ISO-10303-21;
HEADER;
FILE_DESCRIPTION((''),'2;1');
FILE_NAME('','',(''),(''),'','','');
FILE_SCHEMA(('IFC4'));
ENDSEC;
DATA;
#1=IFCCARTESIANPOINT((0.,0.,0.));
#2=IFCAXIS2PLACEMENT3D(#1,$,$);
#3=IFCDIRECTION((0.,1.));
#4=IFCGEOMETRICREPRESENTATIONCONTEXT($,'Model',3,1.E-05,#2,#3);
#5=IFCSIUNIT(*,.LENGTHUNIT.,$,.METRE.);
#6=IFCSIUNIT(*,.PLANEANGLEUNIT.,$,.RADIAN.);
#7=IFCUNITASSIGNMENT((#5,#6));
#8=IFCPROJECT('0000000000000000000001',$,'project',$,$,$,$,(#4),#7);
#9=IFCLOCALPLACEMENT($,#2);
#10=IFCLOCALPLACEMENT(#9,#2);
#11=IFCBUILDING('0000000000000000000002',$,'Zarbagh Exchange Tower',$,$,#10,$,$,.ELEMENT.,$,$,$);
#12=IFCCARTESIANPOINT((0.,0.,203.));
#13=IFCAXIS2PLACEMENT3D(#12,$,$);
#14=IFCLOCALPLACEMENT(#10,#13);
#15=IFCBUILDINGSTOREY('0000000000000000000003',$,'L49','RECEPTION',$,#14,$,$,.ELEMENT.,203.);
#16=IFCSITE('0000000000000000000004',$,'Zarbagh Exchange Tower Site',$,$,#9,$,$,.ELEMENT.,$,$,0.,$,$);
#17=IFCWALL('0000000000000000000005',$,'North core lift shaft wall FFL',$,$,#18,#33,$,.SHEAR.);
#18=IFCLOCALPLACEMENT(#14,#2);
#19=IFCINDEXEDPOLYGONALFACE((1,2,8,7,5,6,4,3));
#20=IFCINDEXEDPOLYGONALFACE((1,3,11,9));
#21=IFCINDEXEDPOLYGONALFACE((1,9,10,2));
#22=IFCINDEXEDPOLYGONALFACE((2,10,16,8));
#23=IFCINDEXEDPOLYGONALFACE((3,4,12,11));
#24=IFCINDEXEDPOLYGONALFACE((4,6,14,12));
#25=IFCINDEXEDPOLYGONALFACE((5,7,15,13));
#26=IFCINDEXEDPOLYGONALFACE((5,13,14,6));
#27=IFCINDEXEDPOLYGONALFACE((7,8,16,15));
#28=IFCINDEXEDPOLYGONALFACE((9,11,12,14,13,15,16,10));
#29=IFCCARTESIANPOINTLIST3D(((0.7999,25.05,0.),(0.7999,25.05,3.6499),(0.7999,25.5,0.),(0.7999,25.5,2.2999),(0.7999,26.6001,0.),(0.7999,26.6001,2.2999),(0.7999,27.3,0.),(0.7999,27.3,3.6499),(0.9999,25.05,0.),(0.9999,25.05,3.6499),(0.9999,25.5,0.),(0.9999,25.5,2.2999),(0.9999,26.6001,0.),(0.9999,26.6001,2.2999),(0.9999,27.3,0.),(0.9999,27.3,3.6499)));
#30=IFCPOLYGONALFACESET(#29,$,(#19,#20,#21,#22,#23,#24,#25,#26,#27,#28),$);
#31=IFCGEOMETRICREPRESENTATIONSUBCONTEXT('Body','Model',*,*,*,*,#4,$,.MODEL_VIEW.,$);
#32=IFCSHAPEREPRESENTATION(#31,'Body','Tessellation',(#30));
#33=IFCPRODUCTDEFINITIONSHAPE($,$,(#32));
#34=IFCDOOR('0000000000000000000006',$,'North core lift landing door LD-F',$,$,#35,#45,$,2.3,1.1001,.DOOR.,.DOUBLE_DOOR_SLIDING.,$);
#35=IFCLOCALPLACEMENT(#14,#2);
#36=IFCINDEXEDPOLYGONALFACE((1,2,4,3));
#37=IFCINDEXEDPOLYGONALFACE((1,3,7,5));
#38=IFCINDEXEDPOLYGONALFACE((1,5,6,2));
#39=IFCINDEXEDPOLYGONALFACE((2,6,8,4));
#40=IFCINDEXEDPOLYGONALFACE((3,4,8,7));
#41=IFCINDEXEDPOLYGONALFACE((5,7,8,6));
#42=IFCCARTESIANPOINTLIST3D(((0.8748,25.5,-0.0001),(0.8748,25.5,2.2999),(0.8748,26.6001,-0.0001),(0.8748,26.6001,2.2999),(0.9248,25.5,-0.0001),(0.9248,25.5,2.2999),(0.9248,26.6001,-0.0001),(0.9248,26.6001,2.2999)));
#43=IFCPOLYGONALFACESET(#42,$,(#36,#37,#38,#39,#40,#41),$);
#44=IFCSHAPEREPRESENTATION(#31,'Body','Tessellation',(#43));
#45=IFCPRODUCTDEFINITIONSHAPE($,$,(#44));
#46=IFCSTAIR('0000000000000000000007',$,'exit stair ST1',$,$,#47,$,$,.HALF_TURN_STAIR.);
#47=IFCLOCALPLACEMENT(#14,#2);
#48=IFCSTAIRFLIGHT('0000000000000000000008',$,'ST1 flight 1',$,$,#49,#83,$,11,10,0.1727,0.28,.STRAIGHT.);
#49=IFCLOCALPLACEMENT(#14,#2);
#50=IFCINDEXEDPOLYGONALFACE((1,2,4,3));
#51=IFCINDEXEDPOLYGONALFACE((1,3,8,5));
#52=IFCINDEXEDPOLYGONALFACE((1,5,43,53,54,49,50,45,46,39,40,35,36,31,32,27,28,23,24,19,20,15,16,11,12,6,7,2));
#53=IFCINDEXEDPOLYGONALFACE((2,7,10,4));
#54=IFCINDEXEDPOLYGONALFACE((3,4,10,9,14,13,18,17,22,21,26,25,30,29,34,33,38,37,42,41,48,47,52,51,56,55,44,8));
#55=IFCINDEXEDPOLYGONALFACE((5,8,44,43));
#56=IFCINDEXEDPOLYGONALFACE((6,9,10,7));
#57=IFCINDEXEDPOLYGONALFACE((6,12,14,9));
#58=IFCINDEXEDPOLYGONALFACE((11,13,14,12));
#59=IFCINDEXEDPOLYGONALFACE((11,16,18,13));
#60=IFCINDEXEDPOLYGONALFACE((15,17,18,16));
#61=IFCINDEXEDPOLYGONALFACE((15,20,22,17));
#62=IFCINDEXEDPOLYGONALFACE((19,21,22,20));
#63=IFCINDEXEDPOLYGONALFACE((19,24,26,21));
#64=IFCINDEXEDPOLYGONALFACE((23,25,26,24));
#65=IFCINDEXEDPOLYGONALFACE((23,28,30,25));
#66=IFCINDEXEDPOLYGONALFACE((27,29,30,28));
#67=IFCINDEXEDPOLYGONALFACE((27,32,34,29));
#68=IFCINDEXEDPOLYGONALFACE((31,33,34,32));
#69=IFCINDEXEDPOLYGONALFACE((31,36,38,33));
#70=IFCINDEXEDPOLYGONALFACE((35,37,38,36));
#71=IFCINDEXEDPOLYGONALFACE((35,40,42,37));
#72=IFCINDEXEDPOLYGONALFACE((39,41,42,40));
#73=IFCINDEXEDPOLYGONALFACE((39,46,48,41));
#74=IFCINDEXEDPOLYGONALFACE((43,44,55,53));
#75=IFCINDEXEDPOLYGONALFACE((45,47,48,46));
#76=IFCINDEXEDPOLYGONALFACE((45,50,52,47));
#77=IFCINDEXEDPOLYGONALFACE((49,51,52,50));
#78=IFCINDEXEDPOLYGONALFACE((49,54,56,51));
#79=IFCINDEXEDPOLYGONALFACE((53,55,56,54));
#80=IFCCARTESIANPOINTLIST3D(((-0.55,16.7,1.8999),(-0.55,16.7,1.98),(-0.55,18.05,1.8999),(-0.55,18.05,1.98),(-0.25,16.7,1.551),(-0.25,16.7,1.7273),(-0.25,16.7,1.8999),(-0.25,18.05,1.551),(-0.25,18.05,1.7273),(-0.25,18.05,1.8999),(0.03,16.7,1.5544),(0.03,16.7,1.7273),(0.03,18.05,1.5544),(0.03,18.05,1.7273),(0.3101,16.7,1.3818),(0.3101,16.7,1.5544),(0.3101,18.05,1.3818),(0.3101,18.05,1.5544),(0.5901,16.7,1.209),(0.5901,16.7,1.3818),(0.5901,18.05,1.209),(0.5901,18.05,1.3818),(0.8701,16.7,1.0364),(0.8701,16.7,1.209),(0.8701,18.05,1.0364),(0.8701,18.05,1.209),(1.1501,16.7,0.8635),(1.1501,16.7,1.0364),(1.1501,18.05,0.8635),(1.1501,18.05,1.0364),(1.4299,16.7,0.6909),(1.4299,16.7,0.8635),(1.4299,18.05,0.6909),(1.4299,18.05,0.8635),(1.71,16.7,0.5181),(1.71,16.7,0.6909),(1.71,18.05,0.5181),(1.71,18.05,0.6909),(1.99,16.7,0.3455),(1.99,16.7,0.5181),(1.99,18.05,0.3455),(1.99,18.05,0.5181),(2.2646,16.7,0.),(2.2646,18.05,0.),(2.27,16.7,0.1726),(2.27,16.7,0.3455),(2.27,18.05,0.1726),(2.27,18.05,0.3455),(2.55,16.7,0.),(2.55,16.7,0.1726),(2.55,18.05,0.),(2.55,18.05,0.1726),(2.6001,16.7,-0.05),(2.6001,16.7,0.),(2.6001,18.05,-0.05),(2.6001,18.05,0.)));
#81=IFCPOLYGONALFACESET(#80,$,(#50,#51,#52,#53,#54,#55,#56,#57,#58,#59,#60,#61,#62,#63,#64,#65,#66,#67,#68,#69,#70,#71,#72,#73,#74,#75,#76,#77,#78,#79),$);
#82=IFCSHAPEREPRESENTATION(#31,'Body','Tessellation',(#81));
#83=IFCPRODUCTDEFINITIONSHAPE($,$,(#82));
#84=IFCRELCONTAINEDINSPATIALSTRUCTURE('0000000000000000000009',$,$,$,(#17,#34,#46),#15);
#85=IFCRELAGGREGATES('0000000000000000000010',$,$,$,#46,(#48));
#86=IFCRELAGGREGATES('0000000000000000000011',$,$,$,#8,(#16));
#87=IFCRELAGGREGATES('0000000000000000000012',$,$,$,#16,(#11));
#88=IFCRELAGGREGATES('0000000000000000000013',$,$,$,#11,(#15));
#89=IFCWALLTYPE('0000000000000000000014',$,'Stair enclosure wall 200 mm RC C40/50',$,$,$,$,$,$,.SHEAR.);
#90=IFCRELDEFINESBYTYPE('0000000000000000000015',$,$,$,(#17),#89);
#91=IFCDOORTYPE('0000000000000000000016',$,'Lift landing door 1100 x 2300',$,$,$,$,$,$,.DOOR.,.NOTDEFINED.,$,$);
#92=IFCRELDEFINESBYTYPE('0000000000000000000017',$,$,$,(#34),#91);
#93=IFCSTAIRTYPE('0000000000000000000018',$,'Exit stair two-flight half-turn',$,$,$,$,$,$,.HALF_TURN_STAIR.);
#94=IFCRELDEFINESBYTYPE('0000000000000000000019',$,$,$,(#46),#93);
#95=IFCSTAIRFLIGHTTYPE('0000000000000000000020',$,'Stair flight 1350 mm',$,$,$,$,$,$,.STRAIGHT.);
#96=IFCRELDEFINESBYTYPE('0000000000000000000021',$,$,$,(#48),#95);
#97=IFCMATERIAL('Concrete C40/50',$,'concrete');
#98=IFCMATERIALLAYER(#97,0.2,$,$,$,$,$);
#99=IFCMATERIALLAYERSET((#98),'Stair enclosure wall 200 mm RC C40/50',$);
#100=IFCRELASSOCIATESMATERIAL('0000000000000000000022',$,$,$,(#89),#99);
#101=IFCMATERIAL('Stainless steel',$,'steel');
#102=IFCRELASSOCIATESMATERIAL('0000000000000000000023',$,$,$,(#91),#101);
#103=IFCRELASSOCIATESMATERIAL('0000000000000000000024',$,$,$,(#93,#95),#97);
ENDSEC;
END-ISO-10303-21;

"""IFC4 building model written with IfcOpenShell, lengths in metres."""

from ifc_helpers import new_model, si_unit, direction, frame, frame_2d, origin, place, context, subcontext, project, spatial, polyline, rectangle, outline, extrude, material, layer, layer_set, type_object, element, fill, aggregate, save


model = new_model("IFC4")

# Units and contexts
model_context = context("Model", 3, precision=1e-05, world=origin(), true_north=direction((0.0, 1.0)))
body_context = subcontext(model_context, "Body", "Model", "MODEL_VIEW")
ifc_project = project(units=[si_unit("LENGTHUNIT", "METRE"), si_unit("PLANEANGLEUNIT", "RADIAN")], contexts=[model_context])

# Site, building, storey
site_placement = place(None, origin())
site = spatial("IfcSite", under=ifc_project, at=site_placement, Name="Zarbagh Exchange Tower Site", CompositionType="ELEMENT", RefElevation=0.0)
building_placement = place(site_placement, origin())
building = spatial("IfcBuilding", under=site, at=building_placement, Name="Zarbagh Exchange Tower", CompositionType="ELEMENT")
storey_placement = place(building_placement, frame((0.0, 0.0, 203.0)))
storey = spatial("IfcBuildingStorey", under=building, at=storey_placement, Name="L49", Description="RECEPTION", CompositionType="ELEMENT", Elevation=203.0)

# Wall, opening, door
ifc_material_1 = material(Name="Concrete C40/50", Category="concrete")
ifc_layer_1 = layer(ifc_material_1, 0.2)
ifc_layer_set_1 = layer_set([ifc_layer_1], Name="Stair enclosure wall 200 mm RC C40/50")
wall_type_1 = type_object("IfcWallType", Name="Stair enclosure wall 200 mm RC C40/50", PredefinedType="SHEAR", material=ifc_layer_set_1)
wall_1_placement = place(storey_placement, frame((0.8999, 27.3, 0.0), z_axis=(0.0, 0.0, 1.0), x_axis=(0.0, -1.0, 0.0)))
wall_1 = element("IfcWall", 1, at=wall_1_placement, inside=storey, type_object=wall_type_1, Name="North core lift shaft wall FFL", PredefinedType="SHEAR", context=body_context, shape_type="SweptSolid", body=[
    extrude(rectangle(XDim=2.25, YDim=0.2, at=frame_2d((1.125, 0.0))), origin(), (0.0, 0.0, 1.0), 3.6499),
])
opening_1_placement = place(wall_1_placement, frame((0.7, 0.0, 0.0)))
opening_1 = element("IfcOpeningElement", 2, at=opening_1_placement, cuts=wall_1, PredefinedType="OPENING", context=body_context, shape_type="SweptSolid", body=[
    extrude(rectangle(XDim=1.1001, YDim=2.3, at=frame_2d((0.55, 1.1499))), frame((0.0, 0.1099, 0.0), z_axis=(0.0, -1.0, 0.0), x_axis=(1.0, 0.0, 0.0)), (0.0, 0.0, 1.0), 0.22),
])
ifc_material_2 = material(Name="Stainless steel", Category="steel")
door_type_1 = type_object("IfcDoorType", Name="Lift landing door 1100 x 2300", OperationType="NOTDEFINED", PredefinedType="DOOR", material=ifc_material_2)
door_1_placement = place(opening_1_placement, origin())
door_1 = element("IfcDoor", 3, at=door_1_placement, inside=storey, type_object=door_type_1, Name="North core lift landing door LD-F", OperationType="DOUBLE_DOOR_SLIDING", OverallHeight=2.3, OverallWidth=1.1001, PredefinedType="DOOR", context=body_context, shape_type="SweptSolid", body=[
    extrude(rectangle(XDim=1.1001, YDim=2.3, at=frame_2d((0.55, 1.1499))), frame((0.0, 0.0249, 0.0), z_axis=(0.0, -1.0, 0.0), x_axis=(1.0, 0.0, 0.0)), (0.0, 0.0, 1.0), 0.05),
])
fill(opening_1, door_1)

# Stair, stair flight
stair_type = type_object("IfcStairType", Name="Exit stair two-flight half-turn", PredefinedType="HALF_TURN_STAIR", material=ifc_material_1)
stair_placement = place(storey_placement, origin())
stair = element("IfcStair", 4, at=stair_placement, inside=storey, type_object=stair_type, Name="exit stair ST1", PredefinedType="HALF_TURN_STAIR")
stair_flight_type = type_object("IfcStairFlightType", Name="Stair flight 1350 mm", PredefinedType="STRAIGHT", material=ifc_material_1)
stair_flight_placement = place(storey_placement, frame((2.55, 17.375, 0.0), z_axis=(0.0, 0.0, 1.0), x_axis=(-1.0, 0.0, 0.0)))
stair_flight = element("IfcStairFlight", 5, at=stair_flight_placement, type_object=stair_flight_type, Name="ST1 flight 1", NumberOfRisers=11, NumberOfTreads=10, PredefinedType="STRAIGHT", RiserHeight=0.1727, TreadLength=0.28, context=body_context, shape_type="SweptSolid", body=[
    extrude(outline(polyline([(-0.05, -0.05), (-0.05, 0.0), (0.0, 0.0), (0.0, 0.1726), (0.28, 0.1726), (0.28, 0.3455), (0.5601, 0.3455), (0.5601, 0.5181), (0.8401, 0.5181), (0.8401, 0.6909), (1.1201, 0.6909), (1.1201, 0.8635), (1.3999, 0.8635), (1.3999, 1.0364), (1.6799, 1.0364), (1.6799, 1.209), (1.96, 1.209), (1.96, 1.3818), (2.24, 1.3818), (2.24, 1.5544), (2.52, 1.5544), (2.52, 1.7273), (2.8, 1.7273), (2.8, 1.8999), (3.1001, 1.98), (3.1001, 1.8999), (2.8, 1.551), (0.2854, 0.0), (-0.05, -0.05)])), frame((0.0, 0.675, 0.0), z_axis=(0.0, -1.0, 0.0), x_axis=(1.0, 0.0, 0.0)), (0.0, 0.0, 1.0), 1.3501),
])
aggregate(stair, [stair_flight])

save(model, "model.ifc")
